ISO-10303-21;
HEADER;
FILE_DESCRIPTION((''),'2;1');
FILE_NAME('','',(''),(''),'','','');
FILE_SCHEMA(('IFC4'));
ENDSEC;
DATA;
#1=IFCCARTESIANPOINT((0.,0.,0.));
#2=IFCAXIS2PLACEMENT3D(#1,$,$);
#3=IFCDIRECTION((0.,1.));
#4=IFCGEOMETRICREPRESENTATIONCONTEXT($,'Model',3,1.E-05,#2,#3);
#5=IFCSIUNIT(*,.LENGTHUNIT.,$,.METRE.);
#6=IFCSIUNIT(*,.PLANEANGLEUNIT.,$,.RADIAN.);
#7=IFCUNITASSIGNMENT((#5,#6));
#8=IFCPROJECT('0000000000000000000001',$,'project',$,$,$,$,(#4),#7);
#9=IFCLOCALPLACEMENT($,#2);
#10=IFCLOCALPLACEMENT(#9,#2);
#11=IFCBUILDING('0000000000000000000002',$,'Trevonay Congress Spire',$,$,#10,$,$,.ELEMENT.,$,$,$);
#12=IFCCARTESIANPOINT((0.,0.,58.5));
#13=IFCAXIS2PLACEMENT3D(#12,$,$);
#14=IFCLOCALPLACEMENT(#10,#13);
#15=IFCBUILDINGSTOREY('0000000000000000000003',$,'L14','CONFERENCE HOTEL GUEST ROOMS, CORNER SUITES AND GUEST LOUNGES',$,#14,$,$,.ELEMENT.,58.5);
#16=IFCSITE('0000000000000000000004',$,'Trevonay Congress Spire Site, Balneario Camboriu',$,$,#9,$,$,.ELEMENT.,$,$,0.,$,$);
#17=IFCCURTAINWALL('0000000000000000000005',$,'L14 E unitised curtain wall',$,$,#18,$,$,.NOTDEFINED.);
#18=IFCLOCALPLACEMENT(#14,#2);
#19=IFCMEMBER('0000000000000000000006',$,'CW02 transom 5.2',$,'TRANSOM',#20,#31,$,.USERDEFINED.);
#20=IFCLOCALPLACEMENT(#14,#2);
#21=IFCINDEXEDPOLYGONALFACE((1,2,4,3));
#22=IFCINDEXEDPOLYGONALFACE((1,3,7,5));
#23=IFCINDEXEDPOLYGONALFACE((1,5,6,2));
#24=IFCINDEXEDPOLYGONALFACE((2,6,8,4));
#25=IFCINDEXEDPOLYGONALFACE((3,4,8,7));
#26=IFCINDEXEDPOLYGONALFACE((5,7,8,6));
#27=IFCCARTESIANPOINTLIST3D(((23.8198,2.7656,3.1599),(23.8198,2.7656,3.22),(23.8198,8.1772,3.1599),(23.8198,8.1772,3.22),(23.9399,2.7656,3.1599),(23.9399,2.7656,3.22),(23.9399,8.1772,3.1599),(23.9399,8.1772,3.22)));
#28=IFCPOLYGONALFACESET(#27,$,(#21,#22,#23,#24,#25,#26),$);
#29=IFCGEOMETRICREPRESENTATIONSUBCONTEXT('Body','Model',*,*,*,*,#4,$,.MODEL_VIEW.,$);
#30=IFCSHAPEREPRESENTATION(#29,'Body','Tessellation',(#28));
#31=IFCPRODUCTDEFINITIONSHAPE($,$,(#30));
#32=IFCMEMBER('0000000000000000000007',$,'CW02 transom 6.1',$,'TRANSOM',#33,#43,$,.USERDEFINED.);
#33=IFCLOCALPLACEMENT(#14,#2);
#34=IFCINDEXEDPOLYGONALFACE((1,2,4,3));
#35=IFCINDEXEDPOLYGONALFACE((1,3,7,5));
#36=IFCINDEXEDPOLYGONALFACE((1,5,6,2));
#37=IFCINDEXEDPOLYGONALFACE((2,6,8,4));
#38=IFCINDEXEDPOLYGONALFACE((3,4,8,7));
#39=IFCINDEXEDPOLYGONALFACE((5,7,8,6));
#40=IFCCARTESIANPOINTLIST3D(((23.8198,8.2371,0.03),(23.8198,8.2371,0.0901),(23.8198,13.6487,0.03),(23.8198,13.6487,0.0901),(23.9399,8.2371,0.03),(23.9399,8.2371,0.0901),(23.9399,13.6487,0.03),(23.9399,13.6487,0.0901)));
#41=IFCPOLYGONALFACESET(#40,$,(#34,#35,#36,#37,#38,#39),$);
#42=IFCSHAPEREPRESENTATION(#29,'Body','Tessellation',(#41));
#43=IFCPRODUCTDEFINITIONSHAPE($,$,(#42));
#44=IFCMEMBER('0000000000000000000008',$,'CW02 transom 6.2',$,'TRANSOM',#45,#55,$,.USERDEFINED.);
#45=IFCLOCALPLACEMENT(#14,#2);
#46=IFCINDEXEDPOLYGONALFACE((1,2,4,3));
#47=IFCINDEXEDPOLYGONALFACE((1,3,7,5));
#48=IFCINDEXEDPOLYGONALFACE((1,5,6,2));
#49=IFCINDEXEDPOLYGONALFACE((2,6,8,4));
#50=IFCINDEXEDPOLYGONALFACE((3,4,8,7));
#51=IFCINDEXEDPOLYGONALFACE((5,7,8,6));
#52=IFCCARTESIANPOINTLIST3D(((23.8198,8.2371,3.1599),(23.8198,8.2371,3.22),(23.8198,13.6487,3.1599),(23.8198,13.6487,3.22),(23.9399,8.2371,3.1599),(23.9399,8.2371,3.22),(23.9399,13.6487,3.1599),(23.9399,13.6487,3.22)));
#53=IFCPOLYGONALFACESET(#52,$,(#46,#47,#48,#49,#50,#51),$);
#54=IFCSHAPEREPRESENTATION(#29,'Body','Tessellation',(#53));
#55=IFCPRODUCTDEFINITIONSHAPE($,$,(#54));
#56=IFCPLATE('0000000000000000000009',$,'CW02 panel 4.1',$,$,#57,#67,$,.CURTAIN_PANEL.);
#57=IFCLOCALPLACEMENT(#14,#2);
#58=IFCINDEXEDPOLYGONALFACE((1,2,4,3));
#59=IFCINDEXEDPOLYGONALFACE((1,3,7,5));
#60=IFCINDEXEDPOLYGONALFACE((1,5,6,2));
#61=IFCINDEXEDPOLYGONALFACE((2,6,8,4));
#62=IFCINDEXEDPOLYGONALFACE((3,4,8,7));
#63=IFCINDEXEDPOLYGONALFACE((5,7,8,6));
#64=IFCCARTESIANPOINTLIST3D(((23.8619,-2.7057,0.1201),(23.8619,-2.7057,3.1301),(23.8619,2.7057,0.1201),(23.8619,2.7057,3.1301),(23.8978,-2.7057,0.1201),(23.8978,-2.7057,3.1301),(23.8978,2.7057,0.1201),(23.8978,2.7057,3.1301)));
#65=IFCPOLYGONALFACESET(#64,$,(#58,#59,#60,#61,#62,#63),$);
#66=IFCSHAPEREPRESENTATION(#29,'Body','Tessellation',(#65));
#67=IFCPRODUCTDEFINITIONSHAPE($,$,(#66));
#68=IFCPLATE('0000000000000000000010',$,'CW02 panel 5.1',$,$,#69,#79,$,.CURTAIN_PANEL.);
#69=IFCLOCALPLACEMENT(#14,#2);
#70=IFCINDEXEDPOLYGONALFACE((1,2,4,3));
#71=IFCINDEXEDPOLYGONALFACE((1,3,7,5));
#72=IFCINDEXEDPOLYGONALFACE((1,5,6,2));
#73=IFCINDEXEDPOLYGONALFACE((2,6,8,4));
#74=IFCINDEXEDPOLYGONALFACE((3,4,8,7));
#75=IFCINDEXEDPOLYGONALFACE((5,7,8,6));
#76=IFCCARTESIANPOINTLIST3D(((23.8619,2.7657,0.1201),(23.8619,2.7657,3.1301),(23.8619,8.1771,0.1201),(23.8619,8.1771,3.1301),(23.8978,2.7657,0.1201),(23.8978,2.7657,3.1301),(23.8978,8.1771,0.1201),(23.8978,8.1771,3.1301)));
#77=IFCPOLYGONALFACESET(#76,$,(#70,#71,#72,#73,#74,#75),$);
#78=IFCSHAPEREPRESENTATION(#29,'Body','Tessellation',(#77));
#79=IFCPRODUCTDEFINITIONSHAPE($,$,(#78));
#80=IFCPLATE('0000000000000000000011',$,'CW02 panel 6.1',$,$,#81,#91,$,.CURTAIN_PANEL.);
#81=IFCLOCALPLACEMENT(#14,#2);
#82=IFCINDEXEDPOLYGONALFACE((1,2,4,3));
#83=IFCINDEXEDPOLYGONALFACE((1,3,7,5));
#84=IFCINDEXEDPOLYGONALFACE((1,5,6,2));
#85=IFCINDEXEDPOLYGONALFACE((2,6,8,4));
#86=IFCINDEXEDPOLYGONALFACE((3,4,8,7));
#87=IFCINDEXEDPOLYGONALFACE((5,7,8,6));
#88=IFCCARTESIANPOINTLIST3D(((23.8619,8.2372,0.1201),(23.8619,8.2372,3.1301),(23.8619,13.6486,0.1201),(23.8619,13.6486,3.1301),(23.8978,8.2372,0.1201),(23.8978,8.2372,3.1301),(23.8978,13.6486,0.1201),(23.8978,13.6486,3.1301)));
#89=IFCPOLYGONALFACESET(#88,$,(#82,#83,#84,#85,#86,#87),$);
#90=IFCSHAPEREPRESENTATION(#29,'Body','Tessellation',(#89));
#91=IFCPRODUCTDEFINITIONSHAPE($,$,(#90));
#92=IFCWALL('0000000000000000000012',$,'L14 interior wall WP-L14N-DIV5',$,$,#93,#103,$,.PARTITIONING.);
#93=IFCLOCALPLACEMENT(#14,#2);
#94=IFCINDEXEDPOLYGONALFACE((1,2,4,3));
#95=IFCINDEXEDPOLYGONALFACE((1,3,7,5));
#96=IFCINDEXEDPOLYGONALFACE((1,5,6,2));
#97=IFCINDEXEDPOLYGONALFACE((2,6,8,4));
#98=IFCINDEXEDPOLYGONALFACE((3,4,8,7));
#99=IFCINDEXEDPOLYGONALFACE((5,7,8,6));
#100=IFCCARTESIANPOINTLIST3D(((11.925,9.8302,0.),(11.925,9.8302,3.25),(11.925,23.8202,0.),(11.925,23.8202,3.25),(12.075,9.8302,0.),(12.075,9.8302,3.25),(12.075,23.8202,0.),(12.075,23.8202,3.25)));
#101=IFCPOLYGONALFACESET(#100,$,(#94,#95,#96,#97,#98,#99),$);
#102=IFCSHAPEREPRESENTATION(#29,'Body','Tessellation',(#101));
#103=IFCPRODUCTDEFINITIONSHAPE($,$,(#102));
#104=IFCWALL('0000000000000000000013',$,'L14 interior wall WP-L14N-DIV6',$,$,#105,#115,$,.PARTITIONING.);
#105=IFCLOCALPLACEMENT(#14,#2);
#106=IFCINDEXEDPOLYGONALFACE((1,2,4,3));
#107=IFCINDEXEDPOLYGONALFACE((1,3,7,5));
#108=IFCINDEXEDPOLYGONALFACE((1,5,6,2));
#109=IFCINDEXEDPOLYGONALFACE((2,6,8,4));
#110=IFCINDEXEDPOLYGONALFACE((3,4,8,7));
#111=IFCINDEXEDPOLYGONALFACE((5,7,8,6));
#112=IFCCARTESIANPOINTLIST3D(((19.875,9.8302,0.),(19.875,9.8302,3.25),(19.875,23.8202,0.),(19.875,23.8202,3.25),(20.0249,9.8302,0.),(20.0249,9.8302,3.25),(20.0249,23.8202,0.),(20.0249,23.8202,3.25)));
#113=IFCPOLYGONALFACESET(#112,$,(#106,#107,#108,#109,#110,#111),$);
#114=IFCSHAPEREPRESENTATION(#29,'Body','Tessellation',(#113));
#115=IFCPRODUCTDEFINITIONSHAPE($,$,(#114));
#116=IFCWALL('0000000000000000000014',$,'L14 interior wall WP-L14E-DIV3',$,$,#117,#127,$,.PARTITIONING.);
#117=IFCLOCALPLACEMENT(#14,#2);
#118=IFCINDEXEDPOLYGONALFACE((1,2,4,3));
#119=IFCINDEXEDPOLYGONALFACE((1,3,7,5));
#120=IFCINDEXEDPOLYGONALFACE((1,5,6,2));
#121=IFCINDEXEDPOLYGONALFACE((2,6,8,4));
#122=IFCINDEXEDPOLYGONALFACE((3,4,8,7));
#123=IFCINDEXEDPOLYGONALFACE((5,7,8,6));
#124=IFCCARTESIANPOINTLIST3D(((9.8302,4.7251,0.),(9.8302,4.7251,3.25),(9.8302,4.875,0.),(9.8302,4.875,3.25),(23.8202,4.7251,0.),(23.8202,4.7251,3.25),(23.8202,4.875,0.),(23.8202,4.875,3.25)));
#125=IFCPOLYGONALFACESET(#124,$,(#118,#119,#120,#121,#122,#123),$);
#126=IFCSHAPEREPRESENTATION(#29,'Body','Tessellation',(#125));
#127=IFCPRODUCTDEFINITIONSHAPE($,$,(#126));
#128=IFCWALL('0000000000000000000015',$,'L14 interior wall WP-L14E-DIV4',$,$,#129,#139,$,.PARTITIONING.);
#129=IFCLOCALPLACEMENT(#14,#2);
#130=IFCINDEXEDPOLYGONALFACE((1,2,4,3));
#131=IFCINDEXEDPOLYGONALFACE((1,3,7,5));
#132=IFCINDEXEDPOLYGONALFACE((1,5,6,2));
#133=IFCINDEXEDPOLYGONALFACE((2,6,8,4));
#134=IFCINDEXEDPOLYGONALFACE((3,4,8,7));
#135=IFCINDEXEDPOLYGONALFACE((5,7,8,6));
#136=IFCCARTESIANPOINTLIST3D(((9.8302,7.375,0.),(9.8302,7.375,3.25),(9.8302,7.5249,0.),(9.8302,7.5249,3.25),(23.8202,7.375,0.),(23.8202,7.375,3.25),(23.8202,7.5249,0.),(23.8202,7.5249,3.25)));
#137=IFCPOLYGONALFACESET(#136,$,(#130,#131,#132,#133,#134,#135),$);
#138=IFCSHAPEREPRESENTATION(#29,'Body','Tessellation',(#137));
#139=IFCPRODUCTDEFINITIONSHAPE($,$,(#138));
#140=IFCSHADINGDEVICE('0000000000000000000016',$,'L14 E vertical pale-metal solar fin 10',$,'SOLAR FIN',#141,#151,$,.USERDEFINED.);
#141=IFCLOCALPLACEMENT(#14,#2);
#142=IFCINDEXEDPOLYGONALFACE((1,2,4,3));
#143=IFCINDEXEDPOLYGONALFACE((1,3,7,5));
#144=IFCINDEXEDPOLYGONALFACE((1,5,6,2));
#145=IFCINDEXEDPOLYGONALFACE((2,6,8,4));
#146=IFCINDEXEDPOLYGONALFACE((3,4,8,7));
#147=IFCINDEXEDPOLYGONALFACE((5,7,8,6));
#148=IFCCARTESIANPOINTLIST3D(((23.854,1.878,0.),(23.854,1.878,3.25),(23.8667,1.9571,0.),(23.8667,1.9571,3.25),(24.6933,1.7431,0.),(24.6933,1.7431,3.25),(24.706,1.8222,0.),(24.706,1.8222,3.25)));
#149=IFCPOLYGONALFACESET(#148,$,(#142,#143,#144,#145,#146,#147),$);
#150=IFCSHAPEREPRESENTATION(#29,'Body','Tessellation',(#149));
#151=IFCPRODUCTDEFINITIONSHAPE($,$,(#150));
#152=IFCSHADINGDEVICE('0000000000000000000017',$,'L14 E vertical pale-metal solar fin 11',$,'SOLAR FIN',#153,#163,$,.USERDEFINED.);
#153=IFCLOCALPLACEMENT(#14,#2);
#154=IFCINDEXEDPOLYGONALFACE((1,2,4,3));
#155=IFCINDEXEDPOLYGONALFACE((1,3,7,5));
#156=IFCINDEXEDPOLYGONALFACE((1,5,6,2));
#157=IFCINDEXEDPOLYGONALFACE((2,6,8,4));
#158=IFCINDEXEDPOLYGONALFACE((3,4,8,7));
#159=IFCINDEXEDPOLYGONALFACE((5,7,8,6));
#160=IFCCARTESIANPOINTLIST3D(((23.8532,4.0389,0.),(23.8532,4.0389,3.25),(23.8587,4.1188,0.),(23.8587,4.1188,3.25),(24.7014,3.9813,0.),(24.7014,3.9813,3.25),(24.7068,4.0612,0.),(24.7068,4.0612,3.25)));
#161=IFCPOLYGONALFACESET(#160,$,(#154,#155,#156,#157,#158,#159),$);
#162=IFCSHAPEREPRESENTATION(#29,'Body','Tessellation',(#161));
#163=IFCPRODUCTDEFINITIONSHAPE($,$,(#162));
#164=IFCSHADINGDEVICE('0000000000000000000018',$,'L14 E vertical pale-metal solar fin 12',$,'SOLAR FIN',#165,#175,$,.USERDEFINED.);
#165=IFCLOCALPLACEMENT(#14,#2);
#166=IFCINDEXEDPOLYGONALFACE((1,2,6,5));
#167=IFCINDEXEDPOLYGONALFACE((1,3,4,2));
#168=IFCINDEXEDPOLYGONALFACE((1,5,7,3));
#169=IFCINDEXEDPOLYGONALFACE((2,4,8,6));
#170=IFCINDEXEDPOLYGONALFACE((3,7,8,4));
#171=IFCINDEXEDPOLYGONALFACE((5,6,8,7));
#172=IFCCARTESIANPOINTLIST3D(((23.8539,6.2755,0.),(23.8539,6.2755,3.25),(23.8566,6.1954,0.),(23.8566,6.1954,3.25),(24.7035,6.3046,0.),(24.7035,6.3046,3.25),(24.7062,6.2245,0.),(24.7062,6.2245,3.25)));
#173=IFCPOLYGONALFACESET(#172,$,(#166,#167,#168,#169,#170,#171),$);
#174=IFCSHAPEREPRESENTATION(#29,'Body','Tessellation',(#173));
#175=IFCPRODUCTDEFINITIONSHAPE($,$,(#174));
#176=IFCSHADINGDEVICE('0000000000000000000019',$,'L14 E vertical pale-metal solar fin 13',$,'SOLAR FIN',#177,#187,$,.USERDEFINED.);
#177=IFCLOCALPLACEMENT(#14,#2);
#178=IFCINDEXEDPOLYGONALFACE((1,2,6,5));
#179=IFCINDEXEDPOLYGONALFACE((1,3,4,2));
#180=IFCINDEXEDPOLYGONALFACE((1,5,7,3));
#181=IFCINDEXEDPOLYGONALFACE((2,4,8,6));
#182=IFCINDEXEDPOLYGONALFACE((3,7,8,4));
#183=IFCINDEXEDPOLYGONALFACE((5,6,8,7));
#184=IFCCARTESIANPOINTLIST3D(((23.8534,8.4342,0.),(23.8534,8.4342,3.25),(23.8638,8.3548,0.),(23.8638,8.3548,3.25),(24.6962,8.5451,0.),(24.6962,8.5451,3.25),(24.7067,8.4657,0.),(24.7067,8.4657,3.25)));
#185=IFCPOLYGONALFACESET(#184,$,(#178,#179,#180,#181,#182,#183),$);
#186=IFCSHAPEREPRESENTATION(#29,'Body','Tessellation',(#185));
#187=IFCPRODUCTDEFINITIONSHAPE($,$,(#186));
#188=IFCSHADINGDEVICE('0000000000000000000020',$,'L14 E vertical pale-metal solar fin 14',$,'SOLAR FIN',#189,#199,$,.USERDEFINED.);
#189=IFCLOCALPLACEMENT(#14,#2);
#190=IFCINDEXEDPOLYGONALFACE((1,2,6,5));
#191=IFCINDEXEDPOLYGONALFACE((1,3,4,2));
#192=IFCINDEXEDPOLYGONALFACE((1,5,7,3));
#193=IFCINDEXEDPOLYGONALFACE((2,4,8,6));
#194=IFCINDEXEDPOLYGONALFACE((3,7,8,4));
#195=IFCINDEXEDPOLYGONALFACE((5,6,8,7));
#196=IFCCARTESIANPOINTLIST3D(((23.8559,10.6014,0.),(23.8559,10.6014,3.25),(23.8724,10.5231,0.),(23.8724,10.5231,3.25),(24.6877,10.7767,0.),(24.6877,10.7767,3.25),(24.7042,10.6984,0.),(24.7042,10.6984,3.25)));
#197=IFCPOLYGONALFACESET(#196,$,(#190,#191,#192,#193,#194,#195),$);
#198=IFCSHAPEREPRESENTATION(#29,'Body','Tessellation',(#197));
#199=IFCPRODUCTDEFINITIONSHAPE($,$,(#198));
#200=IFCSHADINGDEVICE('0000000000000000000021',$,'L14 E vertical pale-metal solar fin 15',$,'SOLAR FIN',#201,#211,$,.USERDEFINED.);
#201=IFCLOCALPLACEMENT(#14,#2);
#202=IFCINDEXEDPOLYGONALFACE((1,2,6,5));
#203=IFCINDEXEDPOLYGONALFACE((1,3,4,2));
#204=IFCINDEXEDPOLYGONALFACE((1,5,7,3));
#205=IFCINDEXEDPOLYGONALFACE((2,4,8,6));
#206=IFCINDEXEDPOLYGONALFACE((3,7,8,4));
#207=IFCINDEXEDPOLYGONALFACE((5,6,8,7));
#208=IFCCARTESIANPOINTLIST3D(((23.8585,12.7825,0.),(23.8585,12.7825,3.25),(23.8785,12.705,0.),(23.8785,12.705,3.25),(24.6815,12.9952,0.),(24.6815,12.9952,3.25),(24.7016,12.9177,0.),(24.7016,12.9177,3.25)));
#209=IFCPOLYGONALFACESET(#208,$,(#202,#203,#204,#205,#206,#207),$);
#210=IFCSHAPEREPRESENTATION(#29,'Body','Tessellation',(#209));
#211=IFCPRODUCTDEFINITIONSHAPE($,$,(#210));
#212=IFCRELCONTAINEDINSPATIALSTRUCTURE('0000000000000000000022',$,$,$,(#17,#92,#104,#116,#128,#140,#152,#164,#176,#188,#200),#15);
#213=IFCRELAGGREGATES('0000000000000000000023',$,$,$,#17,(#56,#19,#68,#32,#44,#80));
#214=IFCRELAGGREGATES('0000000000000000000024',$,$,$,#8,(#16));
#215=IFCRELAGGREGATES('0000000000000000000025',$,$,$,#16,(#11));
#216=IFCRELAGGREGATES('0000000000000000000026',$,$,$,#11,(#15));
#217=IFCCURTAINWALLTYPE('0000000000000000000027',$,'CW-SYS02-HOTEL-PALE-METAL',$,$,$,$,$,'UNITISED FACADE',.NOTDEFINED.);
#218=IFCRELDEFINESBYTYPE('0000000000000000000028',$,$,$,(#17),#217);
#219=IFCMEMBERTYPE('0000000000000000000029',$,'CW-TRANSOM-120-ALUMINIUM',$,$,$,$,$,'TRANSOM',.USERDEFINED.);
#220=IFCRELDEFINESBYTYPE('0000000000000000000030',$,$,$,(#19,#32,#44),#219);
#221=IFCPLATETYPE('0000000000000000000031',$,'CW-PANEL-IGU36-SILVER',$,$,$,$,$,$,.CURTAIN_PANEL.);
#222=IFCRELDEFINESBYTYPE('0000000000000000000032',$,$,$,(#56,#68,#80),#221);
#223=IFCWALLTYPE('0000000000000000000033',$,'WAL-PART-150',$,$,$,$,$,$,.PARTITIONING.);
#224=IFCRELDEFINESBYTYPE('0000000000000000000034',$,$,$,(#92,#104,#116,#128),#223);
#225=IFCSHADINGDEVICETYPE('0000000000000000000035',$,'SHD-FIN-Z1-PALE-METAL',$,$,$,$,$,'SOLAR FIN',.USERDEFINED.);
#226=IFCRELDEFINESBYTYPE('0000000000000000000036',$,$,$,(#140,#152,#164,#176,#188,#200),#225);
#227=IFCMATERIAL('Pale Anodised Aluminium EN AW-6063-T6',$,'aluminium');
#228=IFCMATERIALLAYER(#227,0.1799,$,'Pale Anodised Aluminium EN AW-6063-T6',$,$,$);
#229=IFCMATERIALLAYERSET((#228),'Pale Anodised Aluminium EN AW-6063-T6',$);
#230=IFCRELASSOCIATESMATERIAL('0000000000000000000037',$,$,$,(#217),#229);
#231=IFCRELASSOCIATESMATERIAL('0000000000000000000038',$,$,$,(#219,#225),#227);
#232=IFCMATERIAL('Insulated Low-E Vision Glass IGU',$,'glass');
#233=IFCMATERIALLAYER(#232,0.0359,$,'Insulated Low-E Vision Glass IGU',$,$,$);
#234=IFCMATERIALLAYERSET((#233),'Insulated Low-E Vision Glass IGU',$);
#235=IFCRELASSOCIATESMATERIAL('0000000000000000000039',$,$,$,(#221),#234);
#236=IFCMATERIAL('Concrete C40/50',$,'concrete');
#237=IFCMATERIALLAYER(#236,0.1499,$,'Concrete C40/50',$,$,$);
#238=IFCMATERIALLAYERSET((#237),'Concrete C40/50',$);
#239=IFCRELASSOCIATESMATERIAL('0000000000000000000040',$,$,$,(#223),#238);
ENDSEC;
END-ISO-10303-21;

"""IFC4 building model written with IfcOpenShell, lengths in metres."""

from ifc_helpers import new_model, si_unit, direction, frame, frame_2d, origin, origin_2d, place, context, subcontext, project, spatial, rectangle, extrude, material, layer, layer_set, material_profile, profile_set, type_object, element, aggregate, save


model = new_model("IFC4")

# Units and contexts
model_context = context("Model", 3, precision=1e-05, world=origin(), true_north=direction((0.0, 1.0)))
body_context = subcontext(model_context, "Body", "Model", "MODEL_VIEW")
ifc_project = project(units=[si_unit("LENGTHUNIT", "METRE"), si_unit("PLANEANGLEUNIT", "RADIAN")], contexts=[model_context])

# Site, building, storey
site_placement = place(None, origin())
site = spatial("IfcSite", under=ifc_project, at=site_placement, Name="Trevonay Congress Spire Site, Balneario Camboriu", CompositionType="ELEMENT", RefElevation=0.0)
building_placement = place(site_placement, origin())
building = spatial("IfcBuilding", under=site, at=building_placement, Name="Trevonay Congress Spire", CompositionType="ELEMENT")
storey_placement = place(building_placement, frame((0.0, 0.0, 58.5)))
storey = spatial("IfcBuildingStorey", under=building, at=storey_placement, Name="L14", Description="CONFERENCE HOTEL GUEST ROOMS, CORNER SUITES AND GUEST LOUNGES", CompositionType="ELEMENT", Elevation=58.5)

# Curtain wall, members, plates
ifc_material_1 = material(Name="Pale Anodised Aluminium EN AW-6063-T6", Category="aluminium")
ifc_layer_1 = layer(ifc_material_1, 0.1799, Name="Pale Anodised Aluminium EN AW-6063-T6")
ifc_layer_set_1 = layer_set([ifc_layer_1], Name="Pale Anodised Aluminium EN AW-6063-T6")
curtain_wall_type = type_object("IfcCurtainWallType", Name="CW-SYS02-HOTEL-PALE-METAL", ElementType="UNITISED FACADE", PredefinedType="NOTDEFINED", material=ifc_layer_set_1)
curtain_wall_placement = place(storey_placement, origin())
curtain_wall = element("IfcCurtainWall", 1, at=curtain_wall_placement, inside=storey, type_object=curtain_wall_type, Name="L14 E unitised curtain wall", PredefinedType="NOTDEFINED")
ifc_material_profile_1 = material_profile(ifc_material_1, rectangle(XDim=0.1201, YDim=0.0601, at=origin_2d()), Name="CW-TRANSOM-120-ALUMINIUM")
ifc_profile_set_1 = profile_set([ifc_material_profile_1], Name="Pale Anodised Aluminium EN AW-6063-T6")
member_type_1 = type_object("IfcMemberType", Name="CW-TRANSOM-120-ALUMINIUM", ElementType="TRANSOM", PredefinedType="USERDEFINED", material=ifc_profile_set_1)
member_1_placement = place(storey_placement, frame((23.8799, 2.7656, 3.1899), z_axis=(0.0, 1.0, 0.0), x_axis=(-1.0, 0.0, 0.0)))
member_1 = element("IfcMember", 2, at=member_1_placement, type_object=member_type_1, Name="CW02 transom 5.2", ObjectType="TRANSOM", PredefinedType="USERDEFINED", context=body_context, shape_type="SweptSolid", body=[
    extrude(rectangle(XDim=0.1201, YDim=0.0601, at=origin_2d()), origin(), (0.0, 0.0, 1.0), 5.4116),
])
member_2_placement = place(storey_placement, frame((23.8799, 8.2371, 0.0601), z_axis=(0.0, 1.0, 0.0), x_axis=(-1.0, 0.0, 0.0)))
member_2 = element("IfcMember", 3, at=member_2_placement, type_object=member_type_1, Name="CW02 transom 6.1", ObjectType="TRANSOM", PredefinedType="USERDEFINED", context=body_context, shape_type="SweptSolid", body=[
    extrude(rectangle(XDim=0.1201, YDim=0.0601, at=origin_2d()), origin(), (0.0, 0.0, 1.0), 5.4116),
])
member_3_placement = place(storey_placement, frame((23.8799, 8.2371, 3.1899), z_axis=(0.0, 1.0, 0.0), x_axis=(-1.0, 0.0, 0.0)))
member_3 = element("IfcMember", 4, at=member_3_placement, type_object=member_type_1, Name="CW02 transom 6.2", ObjectType="TRANSOM", PredefinedType="USERDEFINED", context=body_context, shape_type="SweptSolid", body=[
    extrude(rectangle(XDim=0.1201, YDim=0.0601, at=origin_2d()), origin(), (0.0, 0.0, 1.0), 5.4116),
])
ifc_material_2 = material(Name="Insulated Low-E Vision Glass IGU", Category="glass")
ifc_layer_2 = layer(ifc_material_2, 0.0359, Name="Insulated Low-E Vision Glass IGU")
ifc_layer_set_2 = layer_set([ifc_layer_2], Name="Insulated Low-E Vision Glass IGU")
plate_type = type_object("IfcPlateType", Name="CW-PANEL-IGU36-SILVER", PredefinedType="CURTAIN_PANEL", material=ifc_layer_set_2)
plate_1_placement = place(storey_placement, frame((23.8799, 0.0, 0.1201), z_axis=(0.0, 0.0, 1.0), x_axis=(0.0, 1.0, 0.0)))
plate_1 = element("IfcPlate", 5, at=plate_1_placement, type_object=plate_type, Name="CW02 panel 4.1", PredefinedType="CURTAIN_PANEL", context=body_context, shape_type="SweptSolid", body=[
    extrude(rectangle(XDim=5.4114, YDim=0.0359, at=origin_2d()), origin(), (0.0, 0.0, 1.0), 3.01),
])
plate_2_placement = place(storey_placement, frame((23.8799, 5.4714, 0.1201), z_axis=(0.0, 0.0, 1.0), x_axis=(0.0, 1.0, 0.0)))
plate_2 = element("IfcPlate", 6, at=plate_2_placement, type_object=plate_type, Name="CW02 panel 5.1", PredefinedType="CURTAIN_PANEL", context=body_context, shape_type="SweptSolid", body=[
    extrude(rectangle(XDim=5.4114, YDim=0.0359, at=origin_2d()), origin(), (0.0, 0.0, 1.0), 3.01),
])
plate_3_placement = place(storey_placement, frame((23.8799, 10.9429, 0.1201), z_axis=(0.0, 0.0, 1.0), x_axis=(0.0, 1.0, 0.0)))
plate_3 = element("IfcPlate", 7, at=plate_3_placement, type_object=plate_type, Name="CW02 panel 6.1", PredefinedType="CURTAIN_PANEL", context=body_context, shape_type="SweptSolid", body=[
    extrude(rectangle(XDim=5.4114, YDim=0.0359, at=origin_2d()), origin(), (0.0, 0.0, 1.0), 3.01),
])
aggregate(curtain_wall, [plate_1, member_1, plate_2, member_2, member_3, plate_3])

# Walls
ifc_material_3 = material(Name="Concrete C40/50", Category="concrete")
ifc_layer_3 = layer(ifc_material_3, 0.1499, Name="Concrete C40/50")
ifc_layer_set_3 = layer_set([ifc_layer_3], Name="Concrete C40/50")
wall_type = type_object("IfcWallType", Name="WAL-PART-150", PredefinedType="PARTITIONING", material=ifc_layer_set_3)
for number, where, z_axis, x_axis, name in (
    (8, (12.0, 9.8301, 0.0), (0.0, 0.0, 1.0), (0.0, 1.0, 0.0), "L14 interior wall WP-L14N-DIV5"),
    (9, (19.95, 9.8301, 0.0), (0.0, 0.0, 1.0), (0.0, 1.0, 0.0), "L14 interior wall WP-L14N-DIV6"),
    (10, (9.8301, 4.8, 0.0), (0.0, 0.0, 1.0), (1.0, 0.0, 0.0), "L14 interior wall WP-L14E-DIV3"),
    (11, (9.8301, 7.45, 0.0), (0.0, 0.0, 1.0), (1.0, 0.0, 0.0), "L14 interior wall WP-L14E-DIV4"),
):
    element("IfcWall", number, at=place(storey_placement, frame(where, z_axis=z_axis, x_axis=x_axis)), inside=storey, type_object=wall_type, Name=name, PredefinedType="PARTITIONING", context=body_context, shape_type="SweptSolid", body=[
        extrude(rectangle(XDim=13.99, YDim=0.1499, at=frame_2d((6.9951, 0.0))), origin(), (0.0, 0.0, 1.0), 3.25),
    ])

# Shading devices
shading_device_type = type_object("IfcShadingDeviceType", Name="SHD-FIN-Z1-PALE-METAL", ElementType="SOLAR FIN", PredefinedType="USERDEFINED", material=ifc_material_1)
for number, where, z_axis, x_axis, name in (
    (12, (24.28, 1.8501, 0.0), (0.0, 0.0, 1.0), (0.158675, 0.987331, 0.0), "L14 E vertical pale-metal solar fin 10"),
    (13, (24.28, 4.05, 0.0), (0.0, 0.0, 1.0), (0.067667, 0.997708, 0.0), "L14 E vertical pale-metal solar fin 11"),
    (14, (24.28, 6.25, 0.0), (0.0, 0.0, 1.0), (-0.034202, 0.999415, 0.0), "L14 E vertical pale-metal solar fin 12"),
    (15, (24.28, 8.45, 0.0), (0.0, 0.0, 1.0), (-0.130526, 0.991445, 0.0), "L14 E vertical pale-metal solar fin 13"),
    (16, (24.28, 10.6499, 0.0), (0.0, 0.0, 1.0), (-0.206204, 0.978509, 0.0), "L14 E vertical pale-metal solar fin 14"),
    (17, (24.28, 12.8501, 0.0), (0.0, 0.0, 1.0), (-0.250211, 0.968191, 0.0), "L14 E vertical pale-metal solar fin 15"),
):
    element("IfcShadingDevice", number, at=place(storey_placement, frame(where, z_axis=z_axis, x_axis=x_axis)), inside=storey, type_object=shading_device_type, Name=name, ObjectType="SOLAR FIN", PredefinedType="USERDEFINED", context=body_context, shape_type="SweptSolid", body=[
        extrude(rectangle(XDim=0.0801, YDim=0.8501, at=origin_2d()), origin(), (0.0, 0.0, 1.0), 3.25),
    ])

save(model, "model.ifc")
